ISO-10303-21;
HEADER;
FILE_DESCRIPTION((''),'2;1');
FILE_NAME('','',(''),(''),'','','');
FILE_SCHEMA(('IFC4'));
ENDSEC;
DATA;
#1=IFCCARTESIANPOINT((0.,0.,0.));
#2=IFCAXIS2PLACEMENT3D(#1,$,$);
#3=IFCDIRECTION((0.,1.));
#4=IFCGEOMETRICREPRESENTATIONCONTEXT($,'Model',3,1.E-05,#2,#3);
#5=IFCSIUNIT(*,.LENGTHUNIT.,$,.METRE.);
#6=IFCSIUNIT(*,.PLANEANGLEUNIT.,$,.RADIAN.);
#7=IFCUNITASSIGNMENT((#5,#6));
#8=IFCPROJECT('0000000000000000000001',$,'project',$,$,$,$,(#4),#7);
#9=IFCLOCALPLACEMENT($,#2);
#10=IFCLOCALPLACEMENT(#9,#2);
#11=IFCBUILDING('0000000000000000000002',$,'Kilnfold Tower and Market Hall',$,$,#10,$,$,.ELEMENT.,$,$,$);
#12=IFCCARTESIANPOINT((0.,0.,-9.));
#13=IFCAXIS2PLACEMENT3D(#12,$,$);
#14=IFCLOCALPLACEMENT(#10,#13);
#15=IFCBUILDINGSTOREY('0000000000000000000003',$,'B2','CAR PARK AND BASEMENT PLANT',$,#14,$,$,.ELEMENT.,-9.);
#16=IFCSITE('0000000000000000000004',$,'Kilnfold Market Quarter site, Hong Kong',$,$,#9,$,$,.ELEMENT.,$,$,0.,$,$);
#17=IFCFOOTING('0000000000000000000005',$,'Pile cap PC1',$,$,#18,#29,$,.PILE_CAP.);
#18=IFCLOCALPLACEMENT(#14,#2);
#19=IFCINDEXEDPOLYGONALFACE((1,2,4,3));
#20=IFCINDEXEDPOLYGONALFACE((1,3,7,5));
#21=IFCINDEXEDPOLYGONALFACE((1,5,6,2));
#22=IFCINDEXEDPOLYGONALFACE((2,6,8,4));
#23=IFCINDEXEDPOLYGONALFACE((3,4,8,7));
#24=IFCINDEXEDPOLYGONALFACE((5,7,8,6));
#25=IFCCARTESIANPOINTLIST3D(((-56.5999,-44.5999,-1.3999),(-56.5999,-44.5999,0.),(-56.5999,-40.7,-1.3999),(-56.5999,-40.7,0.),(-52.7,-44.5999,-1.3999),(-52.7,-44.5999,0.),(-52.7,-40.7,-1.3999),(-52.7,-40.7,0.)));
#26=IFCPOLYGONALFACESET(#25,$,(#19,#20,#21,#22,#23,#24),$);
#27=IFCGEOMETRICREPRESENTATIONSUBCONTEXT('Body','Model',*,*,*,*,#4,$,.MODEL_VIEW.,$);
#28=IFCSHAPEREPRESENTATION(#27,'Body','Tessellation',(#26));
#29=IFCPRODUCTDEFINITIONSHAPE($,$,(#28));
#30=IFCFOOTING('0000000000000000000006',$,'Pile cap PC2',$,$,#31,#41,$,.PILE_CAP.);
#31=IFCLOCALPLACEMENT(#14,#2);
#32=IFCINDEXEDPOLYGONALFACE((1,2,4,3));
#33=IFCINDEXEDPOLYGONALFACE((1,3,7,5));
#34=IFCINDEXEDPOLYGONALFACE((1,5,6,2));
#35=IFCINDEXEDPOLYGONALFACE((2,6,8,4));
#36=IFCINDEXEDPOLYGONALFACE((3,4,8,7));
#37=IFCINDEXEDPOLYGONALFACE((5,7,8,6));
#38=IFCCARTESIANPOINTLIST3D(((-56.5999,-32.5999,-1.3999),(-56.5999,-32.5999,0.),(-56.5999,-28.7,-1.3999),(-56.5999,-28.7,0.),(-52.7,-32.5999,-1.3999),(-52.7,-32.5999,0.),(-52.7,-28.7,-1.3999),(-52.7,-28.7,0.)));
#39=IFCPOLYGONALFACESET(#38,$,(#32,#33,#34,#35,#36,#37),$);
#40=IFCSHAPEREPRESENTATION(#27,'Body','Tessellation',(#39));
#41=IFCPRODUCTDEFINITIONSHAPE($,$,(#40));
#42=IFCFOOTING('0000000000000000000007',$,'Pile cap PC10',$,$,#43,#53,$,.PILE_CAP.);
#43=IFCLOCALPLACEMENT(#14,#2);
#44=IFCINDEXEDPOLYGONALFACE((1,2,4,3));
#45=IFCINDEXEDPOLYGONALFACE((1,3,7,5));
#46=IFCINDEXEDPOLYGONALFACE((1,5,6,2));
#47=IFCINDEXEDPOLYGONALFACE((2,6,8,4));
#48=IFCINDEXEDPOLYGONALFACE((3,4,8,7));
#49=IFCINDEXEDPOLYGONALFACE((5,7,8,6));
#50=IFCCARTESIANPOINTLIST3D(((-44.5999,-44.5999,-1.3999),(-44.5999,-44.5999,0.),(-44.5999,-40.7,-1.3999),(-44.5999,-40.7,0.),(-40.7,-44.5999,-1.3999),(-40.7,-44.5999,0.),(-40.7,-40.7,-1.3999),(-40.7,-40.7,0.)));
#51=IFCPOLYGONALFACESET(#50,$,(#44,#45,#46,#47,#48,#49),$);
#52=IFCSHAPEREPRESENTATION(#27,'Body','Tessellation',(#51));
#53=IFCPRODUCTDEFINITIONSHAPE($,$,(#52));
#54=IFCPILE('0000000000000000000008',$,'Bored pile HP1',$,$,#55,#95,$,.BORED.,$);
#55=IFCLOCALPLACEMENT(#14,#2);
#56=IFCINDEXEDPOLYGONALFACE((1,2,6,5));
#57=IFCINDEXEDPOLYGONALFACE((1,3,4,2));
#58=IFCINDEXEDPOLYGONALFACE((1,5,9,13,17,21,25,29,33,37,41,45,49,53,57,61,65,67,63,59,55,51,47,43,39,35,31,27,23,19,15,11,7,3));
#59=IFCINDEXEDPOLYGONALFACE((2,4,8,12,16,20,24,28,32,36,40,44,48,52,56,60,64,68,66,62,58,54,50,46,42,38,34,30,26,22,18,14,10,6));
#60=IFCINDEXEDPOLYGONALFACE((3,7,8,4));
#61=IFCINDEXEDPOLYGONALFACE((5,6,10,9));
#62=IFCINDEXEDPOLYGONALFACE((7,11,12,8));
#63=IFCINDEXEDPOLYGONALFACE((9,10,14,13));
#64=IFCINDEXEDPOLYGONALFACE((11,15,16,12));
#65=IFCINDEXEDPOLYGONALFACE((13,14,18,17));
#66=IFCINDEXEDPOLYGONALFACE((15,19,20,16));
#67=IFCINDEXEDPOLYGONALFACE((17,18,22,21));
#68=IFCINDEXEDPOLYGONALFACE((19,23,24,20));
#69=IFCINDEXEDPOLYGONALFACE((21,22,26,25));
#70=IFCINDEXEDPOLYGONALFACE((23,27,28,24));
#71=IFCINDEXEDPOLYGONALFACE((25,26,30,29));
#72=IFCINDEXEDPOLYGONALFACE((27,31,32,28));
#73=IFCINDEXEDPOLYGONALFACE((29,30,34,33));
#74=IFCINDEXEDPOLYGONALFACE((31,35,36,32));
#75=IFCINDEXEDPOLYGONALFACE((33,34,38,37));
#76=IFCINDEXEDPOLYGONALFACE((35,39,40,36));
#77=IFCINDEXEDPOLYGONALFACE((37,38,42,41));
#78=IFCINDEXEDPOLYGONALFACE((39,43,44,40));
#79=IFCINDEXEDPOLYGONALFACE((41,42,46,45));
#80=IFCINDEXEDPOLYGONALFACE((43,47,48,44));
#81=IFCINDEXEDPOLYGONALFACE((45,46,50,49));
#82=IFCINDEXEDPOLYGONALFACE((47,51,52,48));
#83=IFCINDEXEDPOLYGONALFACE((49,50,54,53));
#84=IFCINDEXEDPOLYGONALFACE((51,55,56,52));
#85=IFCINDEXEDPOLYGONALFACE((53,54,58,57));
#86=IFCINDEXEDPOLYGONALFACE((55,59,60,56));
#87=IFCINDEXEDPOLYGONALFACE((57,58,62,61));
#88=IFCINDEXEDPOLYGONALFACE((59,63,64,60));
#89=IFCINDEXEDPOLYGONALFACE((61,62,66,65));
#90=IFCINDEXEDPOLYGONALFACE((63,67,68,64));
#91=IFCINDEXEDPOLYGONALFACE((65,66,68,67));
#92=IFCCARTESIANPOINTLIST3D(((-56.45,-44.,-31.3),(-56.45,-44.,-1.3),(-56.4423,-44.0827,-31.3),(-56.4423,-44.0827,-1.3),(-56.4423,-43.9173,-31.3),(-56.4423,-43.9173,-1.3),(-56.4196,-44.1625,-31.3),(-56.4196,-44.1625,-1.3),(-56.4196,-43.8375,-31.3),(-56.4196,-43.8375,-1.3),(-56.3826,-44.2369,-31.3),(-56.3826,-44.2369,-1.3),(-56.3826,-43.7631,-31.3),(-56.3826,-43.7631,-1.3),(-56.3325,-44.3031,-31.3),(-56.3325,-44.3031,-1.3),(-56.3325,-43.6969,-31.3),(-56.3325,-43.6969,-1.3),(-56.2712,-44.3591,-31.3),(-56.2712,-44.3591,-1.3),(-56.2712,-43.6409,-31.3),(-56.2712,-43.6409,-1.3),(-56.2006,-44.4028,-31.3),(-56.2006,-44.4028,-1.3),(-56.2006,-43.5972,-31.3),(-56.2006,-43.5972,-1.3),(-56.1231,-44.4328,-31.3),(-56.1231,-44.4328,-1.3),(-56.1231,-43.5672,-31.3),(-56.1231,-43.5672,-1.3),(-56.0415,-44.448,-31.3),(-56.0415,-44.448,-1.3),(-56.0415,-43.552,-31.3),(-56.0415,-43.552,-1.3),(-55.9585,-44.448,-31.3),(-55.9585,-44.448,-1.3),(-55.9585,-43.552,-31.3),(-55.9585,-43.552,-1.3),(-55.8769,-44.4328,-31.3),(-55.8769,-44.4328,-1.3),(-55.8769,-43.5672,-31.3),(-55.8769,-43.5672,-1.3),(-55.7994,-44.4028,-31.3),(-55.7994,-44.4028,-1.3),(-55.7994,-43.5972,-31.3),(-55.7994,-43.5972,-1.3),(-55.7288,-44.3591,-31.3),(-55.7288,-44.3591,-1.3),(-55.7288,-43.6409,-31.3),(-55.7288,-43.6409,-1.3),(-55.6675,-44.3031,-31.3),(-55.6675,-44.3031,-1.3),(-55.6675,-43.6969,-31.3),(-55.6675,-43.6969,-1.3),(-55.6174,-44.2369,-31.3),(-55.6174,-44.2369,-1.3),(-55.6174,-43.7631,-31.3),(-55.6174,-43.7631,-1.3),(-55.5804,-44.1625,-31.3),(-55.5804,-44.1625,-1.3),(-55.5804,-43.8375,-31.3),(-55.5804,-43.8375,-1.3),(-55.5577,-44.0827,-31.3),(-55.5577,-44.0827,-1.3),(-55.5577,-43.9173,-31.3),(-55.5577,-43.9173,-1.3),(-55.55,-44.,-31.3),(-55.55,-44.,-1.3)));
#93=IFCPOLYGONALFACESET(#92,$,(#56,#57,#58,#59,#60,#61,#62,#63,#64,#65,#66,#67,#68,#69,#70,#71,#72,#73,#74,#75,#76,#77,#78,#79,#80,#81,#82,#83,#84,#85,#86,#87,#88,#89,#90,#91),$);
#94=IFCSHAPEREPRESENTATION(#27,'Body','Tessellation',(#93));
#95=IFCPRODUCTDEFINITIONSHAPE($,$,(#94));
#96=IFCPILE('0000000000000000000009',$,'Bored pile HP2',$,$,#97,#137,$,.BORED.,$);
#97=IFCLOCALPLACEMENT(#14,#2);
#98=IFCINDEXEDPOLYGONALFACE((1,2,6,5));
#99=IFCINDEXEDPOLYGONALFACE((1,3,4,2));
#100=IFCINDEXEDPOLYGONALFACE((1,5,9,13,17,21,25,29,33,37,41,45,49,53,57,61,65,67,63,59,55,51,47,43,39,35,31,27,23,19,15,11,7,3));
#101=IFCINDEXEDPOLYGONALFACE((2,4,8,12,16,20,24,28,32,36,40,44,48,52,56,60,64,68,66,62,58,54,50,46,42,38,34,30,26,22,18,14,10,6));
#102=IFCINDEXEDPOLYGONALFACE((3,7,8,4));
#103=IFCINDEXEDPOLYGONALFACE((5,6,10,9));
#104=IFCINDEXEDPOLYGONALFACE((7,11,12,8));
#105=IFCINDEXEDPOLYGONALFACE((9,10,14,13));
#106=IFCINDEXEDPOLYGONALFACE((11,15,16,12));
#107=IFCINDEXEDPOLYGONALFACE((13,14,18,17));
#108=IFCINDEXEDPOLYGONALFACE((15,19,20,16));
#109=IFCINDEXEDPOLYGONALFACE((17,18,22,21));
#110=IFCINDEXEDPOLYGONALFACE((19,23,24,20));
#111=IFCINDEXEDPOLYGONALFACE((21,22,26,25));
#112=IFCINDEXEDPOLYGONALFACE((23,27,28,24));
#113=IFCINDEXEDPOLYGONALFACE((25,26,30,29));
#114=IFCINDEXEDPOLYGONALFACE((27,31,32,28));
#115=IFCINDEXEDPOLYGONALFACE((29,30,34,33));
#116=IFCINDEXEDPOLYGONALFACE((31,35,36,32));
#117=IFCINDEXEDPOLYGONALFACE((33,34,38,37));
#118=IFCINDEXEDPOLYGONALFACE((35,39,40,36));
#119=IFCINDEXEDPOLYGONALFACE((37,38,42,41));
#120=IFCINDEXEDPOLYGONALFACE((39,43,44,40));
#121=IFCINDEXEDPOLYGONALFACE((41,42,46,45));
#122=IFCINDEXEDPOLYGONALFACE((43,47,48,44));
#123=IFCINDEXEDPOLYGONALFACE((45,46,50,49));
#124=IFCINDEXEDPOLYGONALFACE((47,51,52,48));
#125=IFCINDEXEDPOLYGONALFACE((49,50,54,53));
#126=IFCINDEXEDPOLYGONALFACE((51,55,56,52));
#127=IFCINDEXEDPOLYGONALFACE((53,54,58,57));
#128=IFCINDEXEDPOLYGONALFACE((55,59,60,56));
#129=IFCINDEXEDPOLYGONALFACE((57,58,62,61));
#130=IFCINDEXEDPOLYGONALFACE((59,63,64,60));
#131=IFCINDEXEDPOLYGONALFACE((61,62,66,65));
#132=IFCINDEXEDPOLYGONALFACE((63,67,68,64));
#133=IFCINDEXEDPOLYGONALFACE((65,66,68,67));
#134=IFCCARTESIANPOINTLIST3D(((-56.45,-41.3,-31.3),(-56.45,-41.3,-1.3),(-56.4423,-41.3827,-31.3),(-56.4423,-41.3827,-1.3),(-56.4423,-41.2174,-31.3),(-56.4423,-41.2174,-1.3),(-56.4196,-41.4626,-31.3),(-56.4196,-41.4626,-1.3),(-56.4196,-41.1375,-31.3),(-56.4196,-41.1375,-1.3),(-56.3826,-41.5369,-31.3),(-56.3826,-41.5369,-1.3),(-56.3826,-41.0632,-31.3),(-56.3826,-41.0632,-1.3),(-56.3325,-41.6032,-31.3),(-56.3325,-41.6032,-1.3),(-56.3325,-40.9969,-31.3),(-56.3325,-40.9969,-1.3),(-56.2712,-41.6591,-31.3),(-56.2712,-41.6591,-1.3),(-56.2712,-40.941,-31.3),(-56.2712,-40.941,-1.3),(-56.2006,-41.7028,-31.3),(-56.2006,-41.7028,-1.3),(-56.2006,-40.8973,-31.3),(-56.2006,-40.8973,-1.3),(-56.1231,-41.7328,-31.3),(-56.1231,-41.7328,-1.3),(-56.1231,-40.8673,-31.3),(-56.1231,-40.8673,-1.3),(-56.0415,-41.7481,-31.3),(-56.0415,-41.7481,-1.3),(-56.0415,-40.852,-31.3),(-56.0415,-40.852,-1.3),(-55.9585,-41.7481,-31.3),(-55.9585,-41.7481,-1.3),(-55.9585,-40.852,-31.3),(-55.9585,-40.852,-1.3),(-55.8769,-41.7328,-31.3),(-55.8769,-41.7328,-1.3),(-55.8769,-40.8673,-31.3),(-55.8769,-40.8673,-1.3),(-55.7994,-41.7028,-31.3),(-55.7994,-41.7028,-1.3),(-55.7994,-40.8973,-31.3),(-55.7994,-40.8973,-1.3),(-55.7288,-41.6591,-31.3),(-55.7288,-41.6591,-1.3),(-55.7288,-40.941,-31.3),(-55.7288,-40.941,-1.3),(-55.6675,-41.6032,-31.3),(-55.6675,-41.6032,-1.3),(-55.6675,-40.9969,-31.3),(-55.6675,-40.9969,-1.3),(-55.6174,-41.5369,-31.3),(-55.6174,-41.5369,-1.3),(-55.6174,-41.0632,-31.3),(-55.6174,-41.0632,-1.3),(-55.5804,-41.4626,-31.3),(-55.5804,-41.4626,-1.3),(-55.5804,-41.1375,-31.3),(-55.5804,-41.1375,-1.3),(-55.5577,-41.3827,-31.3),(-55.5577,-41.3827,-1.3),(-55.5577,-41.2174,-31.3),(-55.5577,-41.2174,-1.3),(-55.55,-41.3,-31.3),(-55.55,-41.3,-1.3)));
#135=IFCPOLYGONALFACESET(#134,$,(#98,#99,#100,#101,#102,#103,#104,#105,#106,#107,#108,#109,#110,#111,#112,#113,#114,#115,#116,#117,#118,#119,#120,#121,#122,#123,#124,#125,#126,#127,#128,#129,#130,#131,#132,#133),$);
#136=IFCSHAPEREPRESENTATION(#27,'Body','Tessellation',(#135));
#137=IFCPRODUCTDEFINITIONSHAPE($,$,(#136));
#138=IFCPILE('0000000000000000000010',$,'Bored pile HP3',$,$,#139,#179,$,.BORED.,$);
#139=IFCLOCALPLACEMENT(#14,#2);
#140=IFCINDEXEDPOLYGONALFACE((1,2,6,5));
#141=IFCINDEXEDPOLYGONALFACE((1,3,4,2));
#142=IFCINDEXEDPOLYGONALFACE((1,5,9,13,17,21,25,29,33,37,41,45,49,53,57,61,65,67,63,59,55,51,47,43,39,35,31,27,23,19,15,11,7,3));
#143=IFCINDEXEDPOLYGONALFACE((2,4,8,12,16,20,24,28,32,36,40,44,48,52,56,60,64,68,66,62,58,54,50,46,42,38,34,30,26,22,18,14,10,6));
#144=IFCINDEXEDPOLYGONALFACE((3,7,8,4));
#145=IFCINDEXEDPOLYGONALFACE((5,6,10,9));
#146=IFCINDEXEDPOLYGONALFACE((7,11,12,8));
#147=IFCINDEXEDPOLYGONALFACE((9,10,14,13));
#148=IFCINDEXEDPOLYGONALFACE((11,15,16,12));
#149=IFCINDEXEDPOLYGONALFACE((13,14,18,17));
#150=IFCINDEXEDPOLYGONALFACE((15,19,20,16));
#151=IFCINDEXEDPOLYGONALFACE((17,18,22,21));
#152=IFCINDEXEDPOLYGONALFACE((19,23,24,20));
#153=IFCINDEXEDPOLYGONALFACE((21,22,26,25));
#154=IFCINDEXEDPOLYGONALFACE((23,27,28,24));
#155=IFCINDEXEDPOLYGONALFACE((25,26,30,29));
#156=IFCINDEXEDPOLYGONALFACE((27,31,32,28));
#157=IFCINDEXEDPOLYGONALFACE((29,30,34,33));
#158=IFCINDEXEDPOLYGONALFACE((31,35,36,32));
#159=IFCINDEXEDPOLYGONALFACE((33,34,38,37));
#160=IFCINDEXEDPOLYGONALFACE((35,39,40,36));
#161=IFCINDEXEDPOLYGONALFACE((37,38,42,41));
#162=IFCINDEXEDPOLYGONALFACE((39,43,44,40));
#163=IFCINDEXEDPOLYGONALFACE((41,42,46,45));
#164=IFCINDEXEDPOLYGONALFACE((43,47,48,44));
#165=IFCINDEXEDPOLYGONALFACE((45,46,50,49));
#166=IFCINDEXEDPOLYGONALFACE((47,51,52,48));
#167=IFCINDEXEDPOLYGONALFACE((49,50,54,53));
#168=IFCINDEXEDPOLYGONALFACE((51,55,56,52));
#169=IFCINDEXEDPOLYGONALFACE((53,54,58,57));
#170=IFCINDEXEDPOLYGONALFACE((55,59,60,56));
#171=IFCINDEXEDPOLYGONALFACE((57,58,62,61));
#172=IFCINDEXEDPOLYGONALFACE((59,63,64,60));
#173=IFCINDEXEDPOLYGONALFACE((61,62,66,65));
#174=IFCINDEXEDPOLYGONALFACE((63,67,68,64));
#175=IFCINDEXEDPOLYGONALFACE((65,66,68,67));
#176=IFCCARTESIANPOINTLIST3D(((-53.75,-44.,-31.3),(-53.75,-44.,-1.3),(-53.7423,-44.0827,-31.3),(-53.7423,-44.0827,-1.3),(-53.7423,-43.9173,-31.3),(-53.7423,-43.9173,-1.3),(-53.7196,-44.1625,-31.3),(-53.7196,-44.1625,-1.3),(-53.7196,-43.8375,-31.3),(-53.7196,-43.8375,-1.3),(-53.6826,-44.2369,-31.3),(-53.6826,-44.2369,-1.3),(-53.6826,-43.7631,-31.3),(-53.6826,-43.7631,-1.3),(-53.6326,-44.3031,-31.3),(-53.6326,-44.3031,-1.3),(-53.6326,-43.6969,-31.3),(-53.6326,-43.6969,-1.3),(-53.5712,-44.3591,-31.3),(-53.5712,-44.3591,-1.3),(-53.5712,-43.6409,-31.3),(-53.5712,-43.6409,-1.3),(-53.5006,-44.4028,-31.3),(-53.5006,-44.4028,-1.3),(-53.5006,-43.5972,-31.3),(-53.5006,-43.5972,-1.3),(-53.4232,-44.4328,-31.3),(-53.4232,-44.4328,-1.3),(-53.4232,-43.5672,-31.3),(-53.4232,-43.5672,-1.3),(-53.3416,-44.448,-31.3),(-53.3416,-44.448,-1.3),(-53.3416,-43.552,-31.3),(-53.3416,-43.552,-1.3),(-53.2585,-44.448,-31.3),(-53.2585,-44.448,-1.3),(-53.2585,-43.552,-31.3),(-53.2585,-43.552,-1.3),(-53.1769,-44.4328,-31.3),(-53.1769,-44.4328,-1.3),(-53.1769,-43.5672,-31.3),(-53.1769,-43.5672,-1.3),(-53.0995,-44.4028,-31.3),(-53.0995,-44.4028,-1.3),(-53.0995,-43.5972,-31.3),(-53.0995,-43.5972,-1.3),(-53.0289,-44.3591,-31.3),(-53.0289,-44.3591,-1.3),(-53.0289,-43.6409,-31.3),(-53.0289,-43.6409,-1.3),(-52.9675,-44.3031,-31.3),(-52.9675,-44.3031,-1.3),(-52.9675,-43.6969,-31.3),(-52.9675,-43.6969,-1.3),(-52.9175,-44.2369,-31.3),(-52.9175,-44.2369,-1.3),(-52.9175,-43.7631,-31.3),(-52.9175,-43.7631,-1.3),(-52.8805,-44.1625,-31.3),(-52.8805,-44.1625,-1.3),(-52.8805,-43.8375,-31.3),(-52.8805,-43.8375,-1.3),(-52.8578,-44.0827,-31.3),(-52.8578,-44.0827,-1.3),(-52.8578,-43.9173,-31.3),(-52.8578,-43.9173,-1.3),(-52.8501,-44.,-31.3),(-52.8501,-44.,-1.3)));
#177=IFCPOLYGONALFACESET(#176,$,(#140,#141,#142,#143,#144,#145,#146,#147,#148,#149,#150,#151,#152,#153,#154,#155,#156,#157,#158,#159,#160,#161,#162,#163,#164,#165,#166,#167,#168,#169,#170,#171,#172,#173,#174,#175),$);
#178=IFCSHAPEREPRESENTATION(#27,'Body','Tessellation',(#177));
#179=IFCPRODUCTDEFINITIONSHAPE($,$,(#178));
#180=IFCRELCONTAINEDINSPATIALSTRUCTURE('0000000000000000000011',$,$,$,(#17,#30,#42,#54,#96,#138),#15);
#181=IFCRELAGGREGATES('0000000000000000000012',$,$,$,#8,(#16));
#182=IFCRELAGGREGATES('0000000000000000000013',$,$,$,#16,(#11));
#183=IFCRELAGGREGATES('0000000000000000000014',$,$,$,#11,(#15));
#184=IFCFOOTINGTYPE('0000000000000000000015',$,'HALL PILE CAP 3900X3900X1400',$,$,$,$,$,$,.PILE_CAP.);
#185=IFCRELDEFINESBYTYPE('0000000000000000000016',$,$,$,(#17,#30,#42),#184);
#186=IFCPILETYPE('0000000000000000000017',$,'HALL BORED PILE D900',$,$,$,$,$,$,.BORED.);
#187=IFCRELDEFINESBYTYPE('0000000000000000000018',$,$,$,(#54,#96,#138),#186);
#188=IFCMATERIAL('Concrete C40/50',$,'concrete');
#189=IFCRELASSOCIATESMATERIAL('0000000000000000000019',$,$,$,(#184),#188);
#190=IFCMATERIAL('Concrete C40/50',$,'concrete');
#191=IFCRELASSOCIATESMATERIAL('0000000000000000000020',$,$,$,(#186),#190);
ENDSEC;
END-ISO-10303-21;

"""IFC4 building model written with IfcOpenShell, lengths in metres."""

from ifc_helpers import new_model, si_unit, direction, frame, origin, origin_2d, place, context, subcontext, project, spatial, rectangle, circle, extrude, source, transform, mapped, material, material_profile, profile_set, type_object, element, save


model = new_model("IFC4")

# Units and contexts
model_context = context("Model", 3, precision=1e-05, world=origin(), true_north=direction((0.0, 1.0)))
body_context = subcontext(model_context, "Body", "Model", "MODEL_VIEW")
ifc_project = project(units=[si_unit("LENGTHUNIT", "METRE"), si_unit("PLANEANGLEUNIT", "RADIAN")], contexts=[model_context])

# Site, building, storey
site_placement = place(None, origin())
site = spatial("IfcSite", under=ifc_project, at=site_placement, Name="Kilnfold Market Quarter site, Hong Kong", CompositionType="ELEMENT", RefElevation=0.0)
building_placement = place(site_placement, origin())
building = spatial("IfcBuilding", under=site, at=building_placement, Name="Kilnfold Tower and Market Hall", CompositionType="ELEMENT")
storey_placement = place(building_placement, frame((0.0, 0.0, -9.0)))
storey = spatial("IfcBuildingStorey", under=building, at=storey_placement, Name="B2", Description="CAR PARK AND BASEMENT PLANT", CompositionType="ELEMENT", Elevation=-9.0)

# Footings
ifc_material_1 = material(Name="Concrete C40/50", Category="concrete")
footing_type = type_object("IfcFootingType", Name="HALL PILE CAP 3900X3900X1400", PredefinedType="PILE_CAP", material=ifc_material_1)
shared_shape_1 = source(origin(), body_context, "Body", "SweptSolid", [
    extrude(rectangle(XDim=3.8999, YDim=3.8999, at=origin_2d()), origin(), (0.0, 0.0, 1.0), 1.3999),
])
for number, where, z_axis, x_axis, name in (
    (1, (-54.6499, -42.6499, -1.3999), (0.0, 0.0, 1.0), (1.0, 0.0, 0.0), "Pile cap PC1"),
    (2, (-54.6499, -30.6499, -1.3999), (0.0, 0.0, 1.0), (1.0, 0.0, 0.0), "Pile cap PC2"),
    (3, (-42.6499, -42.6499, -1.3999), (0.0, 0.0, 1.0), (1.0, 0.0, 0.0), "Pile cap PC10"),
):
    element("IfcFooting", number, at=place(storey_placement, frame(where, z_axis=z_axis, x_axis=x_axis)), inside=storey, type_object=footing_type, Name=name, PredefinedType="PILE_CAP", context=body_context, shape_type="MappedRepresentation", body=[
        mapped(shared_shape_1, transform((0.0, 0.0, 0.0))),
    ])

# Piles
ifc_material_2 = material(Name="Concrete C40/50", Category="concrete")
ifc_material_profile_1 = material_profile(ifc_material_2, circle(Radius=0.45, at=origin_2d()), Name="D900")
ifc_profile_set_1 = profile_set([ifc_material_profile_1], Name="Concrete C40/50")
pile_type = type_object("IfcPileType", Name="HALL BORED PILE D900", PredefinedType="BORED", material=ifc_profile_set_1)
shared_shape_2 = source(origin(), body_context, "Body", "SweptSolid", [
    extrude(circle(Radius=0.45, at=origin_2d()), origin(), (0.0, 0.0, 1.0), 30.0),
])
for number, where, z_axis, x_axis, name in (
    (4, (-56.0, -44.0, -1.3), (0.0, 0.0, -1.0), (1.0, 0.0, 0.0), "Bored pile HP1"),
    (5, (-56.0, -41.3, -1.3), (0.0, 0.0, -1.0), (1.0, 0.0, 0.0), "Bored pile HP2"),
    (6, (-53.3, -44.0, -1.3), (0.0, 0.0, -1.0), (1.0, 0.0, 0.0), "Bored pile HP3"),
):
    element("IfcPile", number, at=place(storey_placement, frame(where, z_axis=z_axis, x_axis=x_axis)), inside=storey, type_object=pile_type, Name=name, PredefinedType="BORED", context=body_context, shape_type="MappedRepresentation", body=[
        mapped(shared_shape_2, transform((0.0, 0.0, 0.0))),
    ])

save(model, "model.ifc")
